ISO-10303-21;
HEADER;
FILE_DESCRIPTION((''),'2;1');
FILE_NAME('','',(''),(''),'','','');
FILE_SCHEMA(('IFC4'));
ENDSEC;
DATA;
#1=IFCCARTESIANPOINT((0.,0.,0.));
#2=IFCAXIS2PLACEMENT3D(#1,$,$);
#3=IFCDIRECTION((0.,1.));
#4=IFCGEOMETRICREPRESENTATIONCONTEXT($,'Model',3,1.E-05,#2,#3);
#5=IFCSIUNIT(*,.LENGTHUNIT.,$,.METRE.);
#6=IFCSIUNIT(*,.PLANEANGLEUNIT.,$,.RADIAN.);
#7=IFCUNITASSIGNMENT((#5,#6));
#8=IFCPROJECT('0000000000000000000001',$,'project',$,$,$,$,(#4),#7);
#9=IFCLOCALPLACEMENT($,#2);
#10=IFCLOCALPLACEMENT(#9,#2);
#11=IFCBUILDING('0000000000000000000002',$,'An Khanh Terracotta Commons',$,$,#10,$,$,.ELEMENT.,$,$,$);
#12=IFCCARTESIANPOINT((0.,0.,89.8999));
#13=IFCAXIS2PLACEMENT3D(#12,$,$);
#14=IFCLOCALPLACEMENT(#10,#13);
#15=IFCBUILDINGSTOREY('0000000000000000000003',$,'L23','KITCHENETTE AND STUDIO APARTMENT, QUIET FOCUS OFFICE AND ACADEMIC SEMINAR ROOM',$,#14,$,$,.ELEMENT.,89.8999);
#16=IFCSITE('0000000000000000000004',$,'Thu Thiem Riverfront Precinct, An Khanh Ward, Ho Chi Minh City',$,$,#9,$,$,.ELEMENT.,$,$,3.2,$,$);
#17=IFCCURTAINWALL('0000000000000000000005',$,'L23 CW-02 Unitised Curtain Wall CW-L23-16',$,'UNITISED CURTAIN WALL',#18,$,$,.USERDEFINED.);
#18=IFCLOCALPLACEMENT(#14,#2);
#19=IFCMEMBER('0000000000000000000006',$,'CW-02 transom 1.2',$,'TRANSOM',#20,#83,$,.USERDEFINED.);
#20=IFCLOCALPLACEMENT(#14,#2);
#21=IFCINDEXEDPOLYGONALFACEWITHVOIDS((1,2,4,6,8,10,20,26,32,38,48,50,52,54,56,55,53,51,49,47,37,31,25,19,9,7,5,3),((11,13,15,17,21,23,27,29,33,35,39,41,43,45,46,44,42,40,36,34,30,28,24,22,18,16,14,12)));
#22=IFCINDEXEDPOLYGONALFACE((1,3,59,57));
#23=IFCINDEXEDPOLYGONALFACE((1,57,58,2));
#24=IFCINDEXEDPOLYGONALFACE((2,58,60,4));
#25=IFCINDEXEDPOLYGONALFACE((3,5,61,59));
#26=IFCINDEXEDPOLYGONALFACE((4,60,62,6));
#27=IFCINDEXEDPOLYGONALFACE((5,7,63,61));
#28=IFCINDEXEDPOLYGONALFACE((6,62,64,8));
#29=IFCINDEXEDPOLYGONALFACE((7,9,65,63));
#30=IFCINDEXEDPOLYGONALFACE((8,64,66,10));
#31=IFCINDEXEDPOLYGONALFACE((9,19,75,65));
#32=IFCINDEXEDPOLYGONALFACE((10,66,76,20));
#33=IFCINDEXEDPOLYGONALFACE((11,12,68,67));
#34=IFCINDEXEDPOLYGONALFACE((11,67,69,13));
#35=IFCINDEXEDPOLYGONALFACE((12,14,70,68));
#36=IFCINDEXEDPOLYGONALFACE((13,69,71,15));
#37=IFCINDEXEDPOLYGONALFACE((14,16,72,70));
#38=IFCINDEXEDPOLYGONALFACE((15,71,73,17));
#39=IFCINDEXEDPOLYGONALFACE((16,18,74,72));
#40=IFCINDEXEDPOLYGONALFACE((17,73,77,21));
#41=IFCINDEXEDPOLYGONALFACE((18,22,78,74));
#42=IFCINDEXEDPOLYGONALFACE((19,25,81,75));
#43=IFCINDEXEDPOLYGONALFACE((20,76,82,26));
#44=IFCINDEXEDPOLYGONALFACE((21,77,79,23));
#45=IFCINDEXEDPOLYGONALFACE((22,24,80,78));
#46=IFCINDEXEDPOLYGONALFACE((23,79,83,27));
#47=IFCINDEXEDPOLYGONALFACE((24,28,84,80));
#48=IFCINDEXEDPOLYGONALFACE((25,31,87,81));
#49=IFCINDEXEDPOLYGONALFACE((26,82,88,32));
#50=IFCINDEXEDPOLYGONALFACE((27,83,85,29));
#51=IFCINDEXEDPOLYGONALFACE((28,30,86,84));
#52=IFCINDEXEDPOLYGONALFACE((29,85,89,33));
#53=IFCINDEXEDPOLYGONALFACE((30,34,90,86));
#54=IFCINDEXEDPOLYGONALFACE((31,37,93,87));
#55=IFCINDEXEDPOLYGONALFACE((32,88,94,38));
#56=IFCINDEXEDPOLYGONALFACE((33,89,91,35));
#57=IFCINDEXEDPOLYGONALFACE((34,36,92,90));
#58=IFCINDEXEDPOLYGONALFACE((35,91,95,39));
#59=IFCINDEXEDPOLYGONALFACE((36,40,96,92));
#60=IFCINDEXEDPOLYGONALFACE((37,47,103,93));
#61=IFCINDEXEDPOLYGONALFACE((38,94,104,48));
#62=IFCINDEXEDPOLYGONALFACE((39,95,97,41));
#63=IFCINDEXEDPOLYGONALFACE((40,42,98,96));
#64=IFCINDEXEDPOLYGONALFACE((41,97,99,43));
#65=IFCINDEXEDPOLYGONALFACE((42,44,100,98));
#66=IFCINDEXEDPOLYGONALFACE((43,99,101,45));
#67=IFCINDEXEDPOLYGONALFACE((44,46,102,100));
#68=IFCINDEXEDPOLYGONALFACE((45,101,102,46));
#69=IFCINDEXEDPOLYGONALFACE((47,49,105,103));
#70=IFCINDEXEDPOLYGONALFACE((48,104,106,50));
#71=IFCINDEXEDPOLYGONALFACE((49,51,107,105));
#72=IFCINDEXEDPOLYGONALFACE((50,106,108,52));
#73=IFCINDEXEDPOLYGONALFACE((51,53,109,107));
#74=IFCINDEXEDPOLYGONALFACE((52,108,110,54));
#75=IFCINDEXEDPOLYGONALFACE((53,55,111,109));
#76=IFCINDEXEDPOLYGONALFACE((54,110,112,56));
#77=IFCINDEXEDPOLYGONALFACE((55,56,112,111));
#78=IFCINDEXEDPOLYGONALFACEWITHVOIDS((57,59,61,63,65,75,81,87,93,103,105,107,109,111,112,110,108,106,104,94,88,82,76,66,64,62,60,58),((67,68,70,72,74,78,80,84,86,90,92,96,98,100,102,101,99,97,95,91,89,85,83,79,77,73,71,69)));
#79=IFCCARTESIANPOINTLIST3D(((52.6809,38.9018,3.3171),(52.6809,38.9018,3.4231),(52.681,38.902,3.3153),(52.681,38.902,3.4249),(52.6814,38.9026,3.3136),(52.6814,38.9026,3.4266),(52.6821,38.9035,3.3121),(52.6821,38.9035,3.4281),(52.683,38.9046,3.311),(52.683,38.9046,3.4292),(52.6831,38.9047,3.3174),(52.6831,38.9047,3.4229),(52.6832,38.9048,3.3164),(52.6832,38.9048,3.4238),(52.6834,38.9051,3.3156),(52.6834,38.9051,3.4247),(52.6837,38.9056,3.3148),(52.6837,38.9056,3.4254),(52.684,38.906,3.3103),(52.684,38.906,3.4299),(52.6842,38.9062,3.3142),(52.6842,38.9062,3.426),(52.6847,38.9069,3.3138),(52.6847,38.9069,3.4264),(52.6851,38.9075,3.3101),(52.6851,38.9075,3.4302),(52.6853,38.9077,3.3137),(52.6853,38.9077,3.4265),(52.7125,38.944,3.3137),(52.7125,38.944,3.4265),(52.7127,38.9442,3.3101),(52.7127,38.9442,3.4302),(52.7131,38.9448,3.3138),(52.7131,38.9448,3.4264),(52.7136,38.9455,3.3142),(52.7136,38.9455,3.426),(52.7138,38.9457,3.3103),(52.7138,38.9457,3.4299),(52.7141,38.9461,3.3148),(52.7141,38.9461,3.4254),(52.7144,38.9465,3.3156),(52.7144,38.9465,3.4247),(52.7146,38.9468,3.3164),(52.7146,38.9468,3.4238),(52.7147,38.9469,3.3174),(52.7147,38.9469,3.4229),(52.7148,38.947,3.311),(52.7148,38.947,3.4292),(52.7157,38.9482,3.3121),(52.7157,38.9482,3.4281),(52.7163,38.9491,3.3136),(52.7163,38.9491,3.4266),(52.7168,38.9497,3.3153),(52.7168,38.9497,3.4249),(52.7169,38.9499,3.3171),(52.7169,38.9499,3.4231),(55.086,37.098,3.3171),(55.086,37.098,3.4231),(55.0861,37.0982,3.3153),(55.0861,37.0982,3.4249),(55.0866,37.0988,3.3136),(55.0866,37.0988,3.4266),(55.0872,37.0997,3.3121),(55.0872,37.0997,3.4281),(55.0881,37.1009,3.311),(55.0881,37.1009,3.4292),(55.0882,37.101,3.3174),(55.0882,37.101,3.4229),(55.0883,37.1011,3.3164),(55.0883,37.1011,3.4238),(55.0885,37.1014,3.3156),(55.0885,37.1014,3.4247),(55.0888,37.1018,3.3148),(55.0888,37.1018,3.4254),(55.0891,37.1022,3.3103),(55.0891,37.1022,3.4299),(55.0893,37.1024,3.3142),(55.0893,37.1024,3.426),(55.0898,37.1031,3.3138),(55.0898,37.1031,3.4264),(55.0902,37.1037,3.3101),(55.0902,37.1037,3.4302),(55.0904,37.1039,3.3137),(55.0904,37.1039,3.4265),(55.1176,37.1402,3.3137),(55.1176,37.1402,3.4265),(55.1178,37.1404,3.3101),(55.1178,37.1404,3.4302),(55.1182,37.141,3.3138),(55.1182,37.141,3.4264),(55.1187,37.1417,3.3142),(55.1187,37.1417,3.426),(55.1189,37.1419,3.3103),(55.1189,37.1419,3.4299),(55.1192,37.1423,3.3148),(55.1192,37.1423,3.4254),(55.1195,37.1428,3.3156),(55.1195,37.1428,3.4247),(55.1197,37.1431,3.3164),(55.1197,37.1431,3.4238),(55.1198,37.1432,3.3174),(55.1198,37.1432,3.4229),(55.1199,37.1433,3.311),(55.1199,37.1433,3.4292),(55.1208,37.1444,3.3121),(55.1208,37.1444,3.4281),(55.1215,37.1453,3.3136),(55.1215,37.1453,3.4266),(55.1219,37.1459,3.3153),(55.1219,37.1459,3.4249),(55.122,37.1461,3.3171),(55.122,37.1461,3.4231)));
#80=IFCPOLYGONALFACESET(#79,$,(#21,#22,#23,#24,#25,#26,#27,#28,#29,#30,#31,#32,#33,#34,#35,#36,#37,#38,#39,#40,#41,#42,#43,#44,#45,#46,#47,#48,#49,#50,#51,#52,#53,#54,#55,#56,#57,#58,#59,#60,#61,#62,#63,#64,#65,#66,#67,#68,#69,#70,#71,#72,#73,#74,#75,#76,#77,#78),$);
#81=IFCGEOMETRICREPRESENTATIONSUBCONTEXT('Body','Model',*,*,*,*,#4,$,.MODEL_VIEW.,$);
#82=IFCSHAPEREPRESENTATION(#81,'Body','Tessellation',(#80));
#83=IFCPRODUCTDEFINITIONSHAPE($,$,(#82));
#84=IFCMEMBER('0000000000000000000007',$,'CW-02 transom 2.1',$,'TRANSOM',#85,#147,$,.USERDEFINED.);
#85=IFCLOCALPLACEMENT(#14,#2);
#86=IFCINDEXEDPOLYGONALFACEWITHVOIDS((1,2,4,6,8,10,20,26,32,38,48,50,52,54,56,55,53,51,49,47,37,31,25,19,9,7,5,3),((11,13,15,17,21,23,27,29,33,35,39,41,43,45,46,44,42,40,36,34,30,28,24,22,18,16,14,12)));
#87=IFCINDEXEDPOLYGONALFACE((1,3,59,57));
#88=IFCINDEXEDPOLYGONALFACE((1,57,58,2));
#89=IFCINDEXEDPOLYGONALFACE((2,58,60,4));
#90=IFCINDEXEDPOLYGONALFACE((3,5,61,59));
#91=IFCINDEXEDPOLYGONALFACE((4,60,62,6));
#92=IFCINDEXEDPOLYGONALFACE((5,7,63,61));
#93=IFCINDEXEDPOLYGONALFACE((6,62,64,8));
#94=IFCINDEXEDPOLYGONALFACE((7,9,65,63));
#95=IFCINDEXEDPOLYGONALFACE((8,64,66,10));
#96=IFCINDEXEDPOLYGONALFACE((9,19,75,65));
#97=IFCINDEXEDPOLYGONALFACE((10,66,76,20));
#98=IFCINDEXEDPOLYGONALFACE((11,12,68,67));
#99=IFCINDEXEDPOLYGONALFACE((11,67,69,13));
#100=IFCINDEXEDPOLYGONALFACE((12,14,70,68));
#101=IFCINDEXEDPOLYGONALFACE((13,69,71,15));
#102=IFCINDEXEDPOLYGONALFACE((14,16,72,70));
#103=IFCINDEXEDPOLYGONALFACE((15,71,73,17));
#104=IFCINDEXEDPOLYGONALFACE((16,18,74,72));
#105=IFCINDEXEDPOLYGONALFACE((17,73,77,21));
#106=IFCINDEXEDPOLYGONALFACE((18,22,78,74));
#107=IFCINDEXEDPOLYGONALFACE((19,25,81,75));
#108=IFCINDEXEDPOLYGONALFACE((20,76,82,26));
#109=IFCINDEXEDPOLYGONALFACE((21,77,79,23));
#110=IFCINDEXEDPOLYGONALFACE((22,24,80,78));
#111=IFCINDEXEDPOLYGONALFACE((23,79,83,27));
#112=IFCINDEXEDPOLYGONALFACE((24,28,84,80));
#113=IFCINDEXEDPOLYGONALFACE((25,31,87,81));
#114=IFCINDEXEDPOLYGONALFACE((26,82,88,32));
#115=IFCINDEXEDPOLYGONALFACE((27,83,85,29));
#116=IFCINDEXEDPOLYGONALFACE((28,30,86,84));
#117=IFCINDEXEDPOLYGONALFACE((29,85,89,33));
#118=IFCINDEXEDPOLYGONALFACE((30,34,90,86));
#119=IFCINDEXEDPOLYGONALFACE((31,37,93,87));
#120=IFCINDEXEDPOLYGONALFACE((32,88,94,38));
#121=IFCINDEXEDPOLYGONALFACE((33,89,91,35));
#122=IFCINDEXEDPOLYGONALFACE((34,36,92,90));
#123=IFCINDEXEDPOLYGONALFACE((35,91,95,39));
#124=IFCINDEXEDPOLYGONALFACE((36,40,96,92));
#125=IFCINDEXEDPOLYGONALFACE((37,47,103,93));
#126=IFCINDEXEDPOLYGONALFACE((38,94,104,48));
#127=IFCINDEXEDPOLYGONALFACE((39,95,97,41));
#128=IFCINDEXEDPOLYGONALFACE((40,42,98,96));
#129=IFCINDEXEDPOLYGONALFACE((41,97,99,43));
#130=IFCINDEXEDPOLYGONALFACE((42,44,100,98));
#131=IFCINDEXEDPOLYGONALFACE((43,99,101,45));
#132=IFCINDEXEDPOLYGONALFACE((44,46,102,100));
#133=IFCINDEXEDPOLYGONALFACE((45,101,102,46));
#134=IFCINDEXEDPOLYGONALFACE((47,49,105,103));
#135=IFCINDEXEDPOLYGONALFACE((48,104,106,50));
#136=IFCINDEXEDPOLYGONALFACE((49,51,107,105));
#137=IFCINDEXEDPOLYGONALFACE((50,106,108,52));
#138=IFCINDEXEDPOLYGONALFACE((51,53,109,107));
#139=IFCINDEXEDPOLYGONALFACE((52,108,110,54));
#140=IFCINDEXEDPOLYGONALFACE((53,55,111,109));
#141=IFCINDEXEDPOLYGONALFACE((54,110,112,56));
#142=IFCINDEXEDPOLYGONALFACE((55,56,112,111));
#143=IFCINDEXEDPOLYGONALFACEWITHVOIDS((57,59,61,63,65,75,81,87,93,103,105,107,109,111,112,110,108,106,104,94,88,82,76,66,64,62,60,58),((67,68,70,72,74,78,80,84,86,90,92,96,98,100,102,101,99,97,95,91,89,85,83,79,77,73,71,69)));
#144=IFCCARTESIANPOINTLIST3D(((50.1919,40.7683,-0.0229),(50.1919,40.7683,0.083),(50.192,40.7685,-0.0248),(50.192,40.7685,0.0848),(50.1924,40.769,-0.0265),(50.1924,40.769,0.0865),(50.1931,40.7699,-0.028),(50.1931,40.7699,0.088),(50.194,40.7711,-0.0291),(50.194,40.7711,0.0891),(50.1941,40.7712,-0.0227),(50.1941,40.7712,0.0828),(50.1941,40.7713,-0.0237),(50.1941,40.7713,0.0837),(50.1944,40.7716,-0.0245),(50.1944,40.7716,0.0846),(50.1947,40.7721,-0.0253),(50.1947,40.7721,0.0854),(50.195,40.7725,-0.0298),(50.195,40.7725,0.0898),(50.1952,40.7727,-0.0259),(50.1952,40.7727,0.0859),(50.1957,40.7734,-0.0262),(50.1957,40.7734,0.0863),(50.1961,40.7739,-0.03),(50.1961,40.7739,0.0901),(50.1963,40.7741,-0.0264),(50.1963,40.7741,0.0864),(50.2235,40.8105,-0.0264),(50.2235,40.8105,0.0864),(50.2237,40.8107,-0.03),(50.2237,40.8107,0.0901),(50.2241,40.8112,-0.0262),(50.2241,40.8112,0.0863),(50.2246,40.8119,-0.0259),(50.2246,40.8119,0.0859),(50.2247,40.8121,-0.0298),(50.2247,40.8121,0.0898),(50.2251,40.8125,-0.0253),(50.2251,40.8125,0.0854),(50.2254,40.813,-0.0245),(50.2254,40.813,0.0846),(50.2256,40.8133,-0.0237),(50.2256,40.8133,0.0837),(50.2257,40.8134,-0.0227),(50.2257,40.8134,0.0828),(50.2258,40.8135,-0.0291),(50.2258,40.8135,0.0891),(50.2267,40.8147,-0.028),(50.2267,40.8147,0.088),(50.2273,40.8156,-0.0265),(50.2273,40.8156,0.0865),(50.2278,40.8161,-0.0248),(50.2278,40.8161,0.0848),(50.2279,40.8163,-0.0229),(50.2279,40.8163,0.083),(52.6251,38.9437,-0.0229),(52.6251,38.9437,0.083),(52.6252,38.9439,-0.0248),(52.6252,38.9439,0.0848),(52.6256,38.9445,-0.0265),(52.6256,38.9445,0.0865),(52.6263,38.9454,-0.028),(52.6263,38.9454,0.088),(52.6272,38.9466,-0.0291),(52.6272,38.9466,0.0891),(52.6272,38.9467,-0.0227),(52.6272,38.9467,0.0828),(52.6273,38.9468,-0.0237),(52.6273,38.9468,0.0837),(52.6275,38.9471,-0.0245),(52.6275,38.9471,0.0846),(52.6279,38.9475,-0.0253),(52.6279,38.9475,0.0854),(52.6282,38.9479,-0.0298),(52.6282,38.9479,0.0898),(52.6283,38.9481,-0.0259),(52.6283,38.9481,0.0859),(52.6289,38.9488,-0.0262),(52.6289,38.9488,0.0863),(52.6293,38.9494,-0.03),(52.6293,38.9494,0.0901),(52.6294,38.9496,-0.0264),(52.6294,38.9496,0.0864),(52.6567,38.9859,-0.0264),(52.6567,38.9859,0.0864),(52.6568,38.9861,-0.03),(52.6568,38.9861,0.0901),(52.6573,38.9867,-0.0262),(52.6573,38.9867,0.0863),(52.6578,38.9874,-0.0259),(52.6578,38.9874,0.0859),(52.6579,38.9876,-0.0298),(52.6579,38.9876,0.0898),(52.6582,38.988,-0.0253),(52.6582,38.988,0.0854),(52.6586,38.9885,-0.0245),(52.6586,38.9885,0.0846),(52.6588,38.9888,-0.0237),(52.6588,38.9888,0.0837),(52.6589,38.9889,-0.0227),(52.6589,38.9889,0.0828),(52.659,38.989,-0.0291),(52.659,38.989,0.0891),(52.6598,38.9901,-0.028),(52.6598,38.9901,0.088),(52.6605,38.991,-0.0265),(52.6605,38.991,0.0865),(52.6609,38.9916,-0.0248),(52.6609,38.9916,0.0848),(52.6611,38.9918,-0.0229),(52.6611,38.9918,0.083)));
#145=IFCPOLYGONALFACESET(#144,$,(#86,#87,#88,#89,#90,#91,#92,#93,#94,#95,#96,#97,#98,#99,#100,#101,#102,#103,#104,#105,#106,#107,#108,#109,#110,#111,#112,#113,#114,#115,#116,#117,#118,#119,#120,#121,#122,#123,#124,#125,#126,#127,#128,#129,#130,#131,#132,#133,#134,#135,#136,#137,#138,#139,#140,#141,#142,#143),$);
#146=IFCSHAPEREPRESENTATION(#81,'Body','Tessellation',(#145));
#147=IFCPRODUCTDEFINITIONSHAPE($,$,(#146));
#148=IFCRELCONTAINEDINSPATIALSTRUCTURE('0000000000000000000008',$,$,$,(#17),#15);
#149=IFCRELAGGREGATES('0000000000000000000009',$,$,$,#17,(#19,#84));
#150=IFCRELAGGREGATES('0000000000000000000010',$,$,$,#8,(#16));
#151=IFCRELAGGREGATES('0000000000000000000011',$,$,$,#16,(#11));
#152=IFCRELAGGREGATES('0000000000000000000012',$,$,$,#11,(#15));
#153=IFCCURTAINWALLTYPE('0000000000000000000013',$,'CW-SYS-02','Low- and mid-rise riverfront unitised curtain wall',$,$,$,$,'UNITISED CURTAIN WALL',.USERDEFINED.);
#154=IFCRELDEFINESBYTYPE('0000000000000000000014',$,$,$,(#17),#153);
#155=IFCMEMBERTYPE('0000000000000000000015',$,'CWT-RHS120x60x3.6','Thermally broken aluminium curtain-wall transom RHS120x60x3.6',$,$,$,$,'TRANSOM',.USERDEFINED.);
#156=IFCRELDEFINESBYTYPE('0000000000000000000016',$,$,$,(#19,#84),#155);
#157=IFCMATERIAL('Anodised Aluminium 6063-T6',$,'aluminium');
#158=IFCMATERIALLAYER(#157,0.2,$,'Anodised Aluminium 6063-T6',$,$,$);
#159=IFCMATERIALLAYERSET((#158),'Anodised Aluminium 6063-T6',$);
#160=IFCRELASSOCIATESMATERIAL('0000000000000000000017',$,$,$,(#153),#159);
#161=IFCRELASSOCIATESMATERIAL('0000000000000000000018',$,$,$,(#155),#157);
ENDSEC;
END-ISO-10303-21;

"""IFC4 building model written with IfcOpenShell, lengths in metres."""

from ifc_helpers import new_model, si_unit, direction, frame, origin, origin_2d, place, context, subcontext, project, spatial, hollow_rectangle, extrude, material, layer, layer_set, material_profile, profile_set, type_object, element, aggregate, save


model = new_model("IFC4")

# Units and contexts
model_context = context("Model", 3, precision=1e-05, world=origin(), true_north=direction((0.0, 1.0)))
body_context = subcontext(model_context, "Body", "Model", "MODEL_VIEW")
ifc_project = project(units=[si_unit("LENGTHUNIT", "METRE"), si_unit("PLANEANGLEUNIT", "RADIAN")], contexts=[model_context])

# Site, building, storey
site_placement = place(None, origin())
site = spatial("IfcSite", under=ifc_project, at=site_placement, Name="Thu Thiem Riverfront Precinct, An Khanh Ward, Ho Chi Minh City", CompositionType="ELEMENT", RefElevation=3.2)
building_placement = place(site_placement, origin())
building = spatial("IfcBuilding", under=site, at=building_placement, Name="An Khanh Terracotta Commons", CompositionType="ELEMENT")
storey_placement = place(building_placement, frame((0.0, 0.0, 89.8999)))
storey = spatial("IfcBuildingStorey", under=building, at=storey_placement, Name="L23", Description="KITCHENETTE AND STUDIO APARTMENT, QUIET FOCUS OFFICE AND ACADEMIC SEMINAR ROOM", CompositionType="ELEMENT", Elevation=89.8999)

# Curtain wall
ifc_material_1 = material(Name="Anodised Aluminium 6063-T6", Category="aluminium")
ifc_layer_1 = layer(ifc_material_1, 0.2, Name="Anodised Aluminium 6063-T6")
ifc_layer_set_1 = layer_set([ifc_layer_1], Name="Anodised Aluminium 6063-T6")
curtain_wall_type = type_object("IfcCurtainWallType", Name="CW-SYS-02", Description="Low- and mid-rise riverfront unitised curtain wall", ElementType="UNITISED CURTAIN WALL", PredefinedType="USERDEFINED", material=ifc_layer_set_1)
curtain_wall_1_placement = place(storey_placement, origin())
curtain_wall_1 = element("IfcCurtainWall", 1, at=curtain_wall_1_placement, inside=storey, type_object=curtain_wall_type, Name="L23 CW-02 Unitised Curtain Wall CW-L23-16", ObjectType="UNITISED CURTAIN WALL", PredefinedType="USERDEFINED")

# Members
ifc_material_profile_1 = material_profile(ifc_material_1, hollow_rectangle(XDim=0.0601, YDim=0.1201, WallThickness=0.0037, InnerFilletRadius=0.0037, OuterFilletRadius=0.0071, at=origin_2d()), Name="RHS120x60x3.6")
ifc_profile_set_1 = profile_set([ifc_material_profile_1], Name="Anodised Aluminium 6063-T6")
member_type_1 = type_object("IfcMemberType", Name="CWT-RHS120x60x3.6", Description="Thermally broken aluminium curtain-wall transom RHS120x60x3.6", ElementType="TRANSOM", PredefinedType="USERDEFINED", material=ifc_profile_set_1)
member_1_placement = place(storey_placement, frame((55.104, 37.1221, 3.3701), z_axis=(-0.80001, 0.599987, 0.0), x_axis=(-0.599987, -0.80001, 0.0)))
member_1 = element("IfcMember", 2, at=member_1_placement, type_object=member_type_1, Name="CW-02 transom 1.2", ObjectType="TRANSOM", PredefinedType="USERDEFINED", context=body_context, shape_type="SweptSolid", body=[
    extrude(hollow_rectangle(XDim=0.0601, YDim=0.1201, WallThickness=0.0037, InnerFilletRadius=0.0037, OuterFilletRadius=0.0071, at=origin_2d()), origin(), (0.0, 0.0, 1.0), 3.0063),
])
member_2_placement = place(storey_placement, frame((52.6431, 38.9678, 0.03), z_axis=(-0.800058, 0.599923, 0.0), x_axis=(-0.599923, -0.800058, 0.0)))
member_2 = element("IfcMember", 3, at=member_2_placement, type_object=member_type_1, Name="CW-02 transom 2.1", ObjectType="TRANSOM", PredefinedType="USERDEFINED", context=body_context, shape_type="SweptSolid", body=[
    extrude(hollow_rectangle(XDim=0.0601, YDim=0.1201, WallThickness=0.0037, InnerFilletRadius=0.0037, OuterFilletRadius=0.0071, at=origin_2d()), origin(), (0.0, 0.0, 1.0), 3.0413),
])

aggregate(curtain_wall_1, [member_1, member_2])

save(model, "model.ifc")
